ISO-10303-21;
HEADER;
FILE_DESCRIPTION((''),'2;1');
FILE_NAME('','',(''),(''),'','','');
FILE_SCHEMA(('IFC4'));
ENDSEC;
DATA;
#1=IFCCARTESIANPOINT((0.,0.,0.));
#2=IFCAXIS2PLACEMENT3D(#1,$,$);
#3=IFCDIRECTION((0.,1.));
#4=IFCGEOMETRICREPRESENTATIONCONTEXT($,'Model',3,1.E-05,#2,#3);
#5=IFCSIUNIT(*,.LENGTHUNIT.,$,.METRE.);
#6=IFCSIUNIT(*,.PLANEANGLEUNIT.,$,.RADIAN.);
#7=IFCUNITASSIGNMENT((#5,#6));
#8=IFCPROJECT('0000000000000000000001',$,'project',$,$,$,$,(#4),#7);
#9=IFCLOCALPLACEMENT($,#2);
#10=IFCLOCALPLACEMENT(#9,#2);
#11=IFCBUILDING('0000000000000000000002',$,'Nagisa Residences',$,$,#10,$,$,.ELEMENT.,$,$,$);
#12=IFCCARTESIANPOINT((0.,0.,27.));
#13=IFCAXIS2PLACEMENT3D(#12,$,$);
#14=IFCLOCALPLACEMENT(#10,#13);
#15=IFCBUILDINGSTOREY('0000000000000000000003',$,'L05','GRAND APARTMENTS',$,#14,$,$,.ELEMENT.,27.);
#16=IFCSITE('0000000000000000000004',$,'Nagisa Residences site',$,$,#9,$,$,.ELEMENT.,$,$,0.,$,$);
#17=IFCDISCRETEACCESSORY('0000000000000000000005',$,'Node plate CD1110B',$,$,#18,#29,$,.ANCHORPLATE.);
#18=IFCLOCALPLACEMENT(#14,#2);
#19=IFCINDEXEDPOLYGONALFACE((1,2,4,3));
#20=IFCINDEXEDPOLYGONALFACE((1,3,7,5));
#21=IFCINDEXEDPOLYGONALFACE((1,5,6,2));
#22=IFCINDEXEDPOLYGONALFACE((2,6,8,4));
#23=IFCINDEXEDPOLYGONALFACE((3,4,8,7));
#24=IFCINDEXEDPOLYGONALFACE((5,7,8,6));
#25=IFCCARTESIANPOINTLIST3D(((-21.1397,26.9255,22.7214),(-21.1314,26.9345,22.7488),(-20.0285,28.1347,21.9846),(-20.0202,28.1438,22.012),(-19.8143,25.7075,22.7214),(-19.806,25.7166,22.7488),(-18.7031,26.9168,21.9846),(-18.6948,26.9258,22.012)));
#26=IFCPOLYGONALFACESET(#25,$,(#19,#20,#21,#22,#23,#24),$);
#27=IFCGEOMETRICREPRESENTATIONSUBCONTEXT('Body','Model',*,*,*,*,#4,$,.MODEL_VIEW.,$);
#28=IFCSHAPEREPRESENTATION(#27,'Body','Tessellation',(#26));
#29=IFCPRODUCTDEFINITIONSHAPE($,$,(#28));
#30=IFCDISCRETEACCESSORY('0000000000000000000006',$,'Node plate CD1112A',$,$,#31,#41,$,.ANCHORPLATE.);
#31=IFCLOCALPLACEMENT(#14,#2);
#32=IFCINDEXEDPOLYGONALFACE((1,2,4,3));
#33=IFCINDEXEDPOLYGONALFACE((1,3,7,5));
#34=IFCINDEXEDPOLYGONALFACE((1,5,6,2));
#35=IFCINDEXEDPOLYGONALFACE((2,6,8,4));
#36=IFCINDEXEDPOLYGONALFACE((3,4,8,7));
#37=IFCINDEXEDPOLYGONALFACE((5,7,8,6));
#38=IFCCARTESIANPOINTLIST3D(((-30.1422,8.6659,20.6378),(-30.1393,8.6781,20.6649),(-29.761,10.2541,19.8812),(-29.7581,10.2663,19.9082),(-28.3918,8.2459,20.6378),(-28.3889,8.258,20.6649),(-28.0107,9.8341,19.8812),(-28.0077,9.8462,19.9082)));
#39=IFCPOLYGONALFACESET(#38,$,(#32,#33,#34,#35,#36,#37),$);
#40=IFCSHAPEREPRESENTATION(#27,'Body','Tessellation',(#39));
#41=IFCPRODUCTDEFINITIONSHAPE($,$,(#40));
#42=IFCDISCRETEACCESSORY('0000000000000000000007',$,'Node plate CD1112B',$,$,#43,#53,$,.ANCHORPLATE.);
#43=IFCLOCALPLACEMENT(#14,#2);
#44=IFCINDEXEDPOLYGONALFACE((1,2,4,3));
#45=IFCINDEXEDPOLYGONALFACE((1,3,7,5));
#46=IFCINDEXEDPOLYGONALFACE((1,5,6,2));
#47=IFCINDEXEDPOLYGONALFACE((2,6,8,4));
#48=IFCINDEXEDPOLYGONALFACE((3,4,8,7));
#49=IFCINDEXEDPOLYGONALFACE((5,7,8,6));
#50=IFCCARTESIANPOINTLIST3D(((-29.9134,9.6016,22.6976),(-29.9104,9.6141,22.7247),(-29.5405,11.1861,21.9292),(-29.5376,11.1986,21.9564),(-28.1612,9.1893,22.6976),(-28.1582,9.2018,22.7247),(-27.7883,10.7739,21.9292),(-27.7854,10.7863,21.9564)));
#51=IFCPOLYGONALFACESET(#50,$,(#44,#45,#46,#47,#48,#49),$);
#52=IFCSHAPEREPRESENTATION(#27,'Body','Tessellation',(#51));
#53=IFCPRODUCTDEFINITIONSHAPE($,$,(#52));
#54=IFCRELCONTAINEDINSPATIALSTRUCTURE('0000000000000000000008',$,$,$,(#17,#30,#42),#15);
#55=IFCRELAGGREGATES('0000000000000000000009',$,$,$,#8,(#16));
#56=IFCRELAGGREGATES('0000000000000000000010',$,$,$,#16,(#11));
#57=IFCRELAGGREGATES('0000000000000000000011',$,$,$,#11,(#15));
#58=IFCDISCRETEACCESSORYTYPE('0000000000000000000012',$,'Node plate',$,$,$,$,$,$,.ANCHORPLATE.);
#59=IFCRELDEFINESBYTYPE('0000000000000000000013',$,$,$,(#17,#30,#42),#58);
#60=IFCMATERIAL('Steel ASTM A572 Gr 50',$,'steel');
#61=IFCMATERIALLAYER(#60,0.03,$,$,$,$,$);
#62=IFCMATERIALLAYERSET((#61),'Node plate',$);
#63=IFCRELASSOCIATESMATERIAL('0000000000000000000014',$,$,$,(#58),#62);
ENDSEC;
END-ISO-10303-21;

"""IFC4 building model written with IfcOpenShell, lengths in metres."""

from ifc_helpers import new_model, si_unit, direction, frame, origin, origin_2d, place, context, subcontext, project, spatial, rectangle, extrude, material, layer, layer_set, type_object, element, save


model = new_model("IFC4")

# Units and contexts
model_context = context("Model", 3, precision=1e-05, world=origin(), true_north=direction((0.0, 1.0)))
body_context = subcontext(model_context, "Body", "Model", "MODEL_VIEW")
ifc_project = project(units=[si_unit("LENGTHUNIT", "METRE"), si_unit("PLANEANGLEUNIT", "RADIAN")], contexts=[model_context])

# Site, building, storey
site_placement = place(None, origin())
site = spatial("IfcSite", under=ifc_project, at=site_placement, Name="Nagisa Residences site", CompositionType="ELEMENT", RefElevation=0.0)
building_placement = place(site_placement, origin())
building = spatial("IfcBuilding", under=site, at=building_placement, Name="Nagisa Residences", CompositionType="ELEMENT")
storey_placement = place(building_placement, frame((0.0, 0.0, 27.0)))
storey = spatial("IfcBuildingStorey", under=building, at=storey_placement, Name="L05", Description="GRAND APARTMENTS", CompositionType="ELEMENT", Elevation=27.0)

# Discrete accessories
ifc_material_1 = material(Name="Steel ASTM A572 Gr 50", Category="steel")
ifc_layer_1 = layer(ifc_material_1, 0.03)
ifc_layer_set_1 = layer_set([ifc_layer_1], Name="Node plate")
discrete_accessory_type = type_object("IfcDiscreteAccessoryType", Name="Node plate", PredefinedType="ANCHORPLATE", material=ifc_layer_set_1)
for number, where, z_axis, x_axis, name in (
    (1, (-19.9131, 26.9302, 22.3804), (-0.276973, -0.301411, -0.91238), (0.736328, -0.676625, 0.0), "Node plate CD1110B"),
):
    element("IfcDiscreteAccessory", number, at=place(storey_placement, frame(where, z_axis=z_axis, x_axis=x_axis)), inside=storey, type_object=discrete_accessory_type, Name=name, PredefinedType="ANCHORPLATE", context=body_context, shape_type="SweptSolid", body=[
        extrude(rectangle(XDim=1.8, YDim=1.8, at=origin_2d()), origin(), (0.0, 0.0, 1.0), 0.03),
    ])
discrete_accessory_1_placement = place(storey_placement, frame((-29.0764, 9.25, 20.2595), z_axis=(0.098094, 0.408725, 0.90737), x_axis=(-0.972387, 0.233373, 0.0)))
element("IfcDiscreteAccessory", 2, at=discrete_accessory_1_placement, inside=storey, type_object=discrete_accessory_type, Name="Node plate CD1112A", PredefinedType="ANCHORPLATE", context=body_context, shape_type="SweptSolid", body=[
    extrude(rectangle(XDim=1.8, YDim=1.8, at=origin_2d()), origin(), (0.0, 0.0, 1.0), 0.0298),
])
discrete_accessory_2_placement = place(storey_placement, frame((-28.8479, 10.2002, 22.3406), z_axis=(-0.097765, -0.4155, -0.904324), x_axis=(0.973417, -0.229039, 0.0)))
element("IfcDiscreteAccessory", 3, at=discrete_accessory_2_placement, inside=storey, type_object=discrete_accessory_type, Name="Node plate CD1112B", PredefinedType="ANCHORPLATE", context=body_context, shape_type="SweptSolid", body=[
    extrude(rectangle(XDim=1.8, YDim=1.8, at=origin_2d()), origin(), (0.0, 0.0, 1.0), 0.03),
])

save(model, "model.ifc")
